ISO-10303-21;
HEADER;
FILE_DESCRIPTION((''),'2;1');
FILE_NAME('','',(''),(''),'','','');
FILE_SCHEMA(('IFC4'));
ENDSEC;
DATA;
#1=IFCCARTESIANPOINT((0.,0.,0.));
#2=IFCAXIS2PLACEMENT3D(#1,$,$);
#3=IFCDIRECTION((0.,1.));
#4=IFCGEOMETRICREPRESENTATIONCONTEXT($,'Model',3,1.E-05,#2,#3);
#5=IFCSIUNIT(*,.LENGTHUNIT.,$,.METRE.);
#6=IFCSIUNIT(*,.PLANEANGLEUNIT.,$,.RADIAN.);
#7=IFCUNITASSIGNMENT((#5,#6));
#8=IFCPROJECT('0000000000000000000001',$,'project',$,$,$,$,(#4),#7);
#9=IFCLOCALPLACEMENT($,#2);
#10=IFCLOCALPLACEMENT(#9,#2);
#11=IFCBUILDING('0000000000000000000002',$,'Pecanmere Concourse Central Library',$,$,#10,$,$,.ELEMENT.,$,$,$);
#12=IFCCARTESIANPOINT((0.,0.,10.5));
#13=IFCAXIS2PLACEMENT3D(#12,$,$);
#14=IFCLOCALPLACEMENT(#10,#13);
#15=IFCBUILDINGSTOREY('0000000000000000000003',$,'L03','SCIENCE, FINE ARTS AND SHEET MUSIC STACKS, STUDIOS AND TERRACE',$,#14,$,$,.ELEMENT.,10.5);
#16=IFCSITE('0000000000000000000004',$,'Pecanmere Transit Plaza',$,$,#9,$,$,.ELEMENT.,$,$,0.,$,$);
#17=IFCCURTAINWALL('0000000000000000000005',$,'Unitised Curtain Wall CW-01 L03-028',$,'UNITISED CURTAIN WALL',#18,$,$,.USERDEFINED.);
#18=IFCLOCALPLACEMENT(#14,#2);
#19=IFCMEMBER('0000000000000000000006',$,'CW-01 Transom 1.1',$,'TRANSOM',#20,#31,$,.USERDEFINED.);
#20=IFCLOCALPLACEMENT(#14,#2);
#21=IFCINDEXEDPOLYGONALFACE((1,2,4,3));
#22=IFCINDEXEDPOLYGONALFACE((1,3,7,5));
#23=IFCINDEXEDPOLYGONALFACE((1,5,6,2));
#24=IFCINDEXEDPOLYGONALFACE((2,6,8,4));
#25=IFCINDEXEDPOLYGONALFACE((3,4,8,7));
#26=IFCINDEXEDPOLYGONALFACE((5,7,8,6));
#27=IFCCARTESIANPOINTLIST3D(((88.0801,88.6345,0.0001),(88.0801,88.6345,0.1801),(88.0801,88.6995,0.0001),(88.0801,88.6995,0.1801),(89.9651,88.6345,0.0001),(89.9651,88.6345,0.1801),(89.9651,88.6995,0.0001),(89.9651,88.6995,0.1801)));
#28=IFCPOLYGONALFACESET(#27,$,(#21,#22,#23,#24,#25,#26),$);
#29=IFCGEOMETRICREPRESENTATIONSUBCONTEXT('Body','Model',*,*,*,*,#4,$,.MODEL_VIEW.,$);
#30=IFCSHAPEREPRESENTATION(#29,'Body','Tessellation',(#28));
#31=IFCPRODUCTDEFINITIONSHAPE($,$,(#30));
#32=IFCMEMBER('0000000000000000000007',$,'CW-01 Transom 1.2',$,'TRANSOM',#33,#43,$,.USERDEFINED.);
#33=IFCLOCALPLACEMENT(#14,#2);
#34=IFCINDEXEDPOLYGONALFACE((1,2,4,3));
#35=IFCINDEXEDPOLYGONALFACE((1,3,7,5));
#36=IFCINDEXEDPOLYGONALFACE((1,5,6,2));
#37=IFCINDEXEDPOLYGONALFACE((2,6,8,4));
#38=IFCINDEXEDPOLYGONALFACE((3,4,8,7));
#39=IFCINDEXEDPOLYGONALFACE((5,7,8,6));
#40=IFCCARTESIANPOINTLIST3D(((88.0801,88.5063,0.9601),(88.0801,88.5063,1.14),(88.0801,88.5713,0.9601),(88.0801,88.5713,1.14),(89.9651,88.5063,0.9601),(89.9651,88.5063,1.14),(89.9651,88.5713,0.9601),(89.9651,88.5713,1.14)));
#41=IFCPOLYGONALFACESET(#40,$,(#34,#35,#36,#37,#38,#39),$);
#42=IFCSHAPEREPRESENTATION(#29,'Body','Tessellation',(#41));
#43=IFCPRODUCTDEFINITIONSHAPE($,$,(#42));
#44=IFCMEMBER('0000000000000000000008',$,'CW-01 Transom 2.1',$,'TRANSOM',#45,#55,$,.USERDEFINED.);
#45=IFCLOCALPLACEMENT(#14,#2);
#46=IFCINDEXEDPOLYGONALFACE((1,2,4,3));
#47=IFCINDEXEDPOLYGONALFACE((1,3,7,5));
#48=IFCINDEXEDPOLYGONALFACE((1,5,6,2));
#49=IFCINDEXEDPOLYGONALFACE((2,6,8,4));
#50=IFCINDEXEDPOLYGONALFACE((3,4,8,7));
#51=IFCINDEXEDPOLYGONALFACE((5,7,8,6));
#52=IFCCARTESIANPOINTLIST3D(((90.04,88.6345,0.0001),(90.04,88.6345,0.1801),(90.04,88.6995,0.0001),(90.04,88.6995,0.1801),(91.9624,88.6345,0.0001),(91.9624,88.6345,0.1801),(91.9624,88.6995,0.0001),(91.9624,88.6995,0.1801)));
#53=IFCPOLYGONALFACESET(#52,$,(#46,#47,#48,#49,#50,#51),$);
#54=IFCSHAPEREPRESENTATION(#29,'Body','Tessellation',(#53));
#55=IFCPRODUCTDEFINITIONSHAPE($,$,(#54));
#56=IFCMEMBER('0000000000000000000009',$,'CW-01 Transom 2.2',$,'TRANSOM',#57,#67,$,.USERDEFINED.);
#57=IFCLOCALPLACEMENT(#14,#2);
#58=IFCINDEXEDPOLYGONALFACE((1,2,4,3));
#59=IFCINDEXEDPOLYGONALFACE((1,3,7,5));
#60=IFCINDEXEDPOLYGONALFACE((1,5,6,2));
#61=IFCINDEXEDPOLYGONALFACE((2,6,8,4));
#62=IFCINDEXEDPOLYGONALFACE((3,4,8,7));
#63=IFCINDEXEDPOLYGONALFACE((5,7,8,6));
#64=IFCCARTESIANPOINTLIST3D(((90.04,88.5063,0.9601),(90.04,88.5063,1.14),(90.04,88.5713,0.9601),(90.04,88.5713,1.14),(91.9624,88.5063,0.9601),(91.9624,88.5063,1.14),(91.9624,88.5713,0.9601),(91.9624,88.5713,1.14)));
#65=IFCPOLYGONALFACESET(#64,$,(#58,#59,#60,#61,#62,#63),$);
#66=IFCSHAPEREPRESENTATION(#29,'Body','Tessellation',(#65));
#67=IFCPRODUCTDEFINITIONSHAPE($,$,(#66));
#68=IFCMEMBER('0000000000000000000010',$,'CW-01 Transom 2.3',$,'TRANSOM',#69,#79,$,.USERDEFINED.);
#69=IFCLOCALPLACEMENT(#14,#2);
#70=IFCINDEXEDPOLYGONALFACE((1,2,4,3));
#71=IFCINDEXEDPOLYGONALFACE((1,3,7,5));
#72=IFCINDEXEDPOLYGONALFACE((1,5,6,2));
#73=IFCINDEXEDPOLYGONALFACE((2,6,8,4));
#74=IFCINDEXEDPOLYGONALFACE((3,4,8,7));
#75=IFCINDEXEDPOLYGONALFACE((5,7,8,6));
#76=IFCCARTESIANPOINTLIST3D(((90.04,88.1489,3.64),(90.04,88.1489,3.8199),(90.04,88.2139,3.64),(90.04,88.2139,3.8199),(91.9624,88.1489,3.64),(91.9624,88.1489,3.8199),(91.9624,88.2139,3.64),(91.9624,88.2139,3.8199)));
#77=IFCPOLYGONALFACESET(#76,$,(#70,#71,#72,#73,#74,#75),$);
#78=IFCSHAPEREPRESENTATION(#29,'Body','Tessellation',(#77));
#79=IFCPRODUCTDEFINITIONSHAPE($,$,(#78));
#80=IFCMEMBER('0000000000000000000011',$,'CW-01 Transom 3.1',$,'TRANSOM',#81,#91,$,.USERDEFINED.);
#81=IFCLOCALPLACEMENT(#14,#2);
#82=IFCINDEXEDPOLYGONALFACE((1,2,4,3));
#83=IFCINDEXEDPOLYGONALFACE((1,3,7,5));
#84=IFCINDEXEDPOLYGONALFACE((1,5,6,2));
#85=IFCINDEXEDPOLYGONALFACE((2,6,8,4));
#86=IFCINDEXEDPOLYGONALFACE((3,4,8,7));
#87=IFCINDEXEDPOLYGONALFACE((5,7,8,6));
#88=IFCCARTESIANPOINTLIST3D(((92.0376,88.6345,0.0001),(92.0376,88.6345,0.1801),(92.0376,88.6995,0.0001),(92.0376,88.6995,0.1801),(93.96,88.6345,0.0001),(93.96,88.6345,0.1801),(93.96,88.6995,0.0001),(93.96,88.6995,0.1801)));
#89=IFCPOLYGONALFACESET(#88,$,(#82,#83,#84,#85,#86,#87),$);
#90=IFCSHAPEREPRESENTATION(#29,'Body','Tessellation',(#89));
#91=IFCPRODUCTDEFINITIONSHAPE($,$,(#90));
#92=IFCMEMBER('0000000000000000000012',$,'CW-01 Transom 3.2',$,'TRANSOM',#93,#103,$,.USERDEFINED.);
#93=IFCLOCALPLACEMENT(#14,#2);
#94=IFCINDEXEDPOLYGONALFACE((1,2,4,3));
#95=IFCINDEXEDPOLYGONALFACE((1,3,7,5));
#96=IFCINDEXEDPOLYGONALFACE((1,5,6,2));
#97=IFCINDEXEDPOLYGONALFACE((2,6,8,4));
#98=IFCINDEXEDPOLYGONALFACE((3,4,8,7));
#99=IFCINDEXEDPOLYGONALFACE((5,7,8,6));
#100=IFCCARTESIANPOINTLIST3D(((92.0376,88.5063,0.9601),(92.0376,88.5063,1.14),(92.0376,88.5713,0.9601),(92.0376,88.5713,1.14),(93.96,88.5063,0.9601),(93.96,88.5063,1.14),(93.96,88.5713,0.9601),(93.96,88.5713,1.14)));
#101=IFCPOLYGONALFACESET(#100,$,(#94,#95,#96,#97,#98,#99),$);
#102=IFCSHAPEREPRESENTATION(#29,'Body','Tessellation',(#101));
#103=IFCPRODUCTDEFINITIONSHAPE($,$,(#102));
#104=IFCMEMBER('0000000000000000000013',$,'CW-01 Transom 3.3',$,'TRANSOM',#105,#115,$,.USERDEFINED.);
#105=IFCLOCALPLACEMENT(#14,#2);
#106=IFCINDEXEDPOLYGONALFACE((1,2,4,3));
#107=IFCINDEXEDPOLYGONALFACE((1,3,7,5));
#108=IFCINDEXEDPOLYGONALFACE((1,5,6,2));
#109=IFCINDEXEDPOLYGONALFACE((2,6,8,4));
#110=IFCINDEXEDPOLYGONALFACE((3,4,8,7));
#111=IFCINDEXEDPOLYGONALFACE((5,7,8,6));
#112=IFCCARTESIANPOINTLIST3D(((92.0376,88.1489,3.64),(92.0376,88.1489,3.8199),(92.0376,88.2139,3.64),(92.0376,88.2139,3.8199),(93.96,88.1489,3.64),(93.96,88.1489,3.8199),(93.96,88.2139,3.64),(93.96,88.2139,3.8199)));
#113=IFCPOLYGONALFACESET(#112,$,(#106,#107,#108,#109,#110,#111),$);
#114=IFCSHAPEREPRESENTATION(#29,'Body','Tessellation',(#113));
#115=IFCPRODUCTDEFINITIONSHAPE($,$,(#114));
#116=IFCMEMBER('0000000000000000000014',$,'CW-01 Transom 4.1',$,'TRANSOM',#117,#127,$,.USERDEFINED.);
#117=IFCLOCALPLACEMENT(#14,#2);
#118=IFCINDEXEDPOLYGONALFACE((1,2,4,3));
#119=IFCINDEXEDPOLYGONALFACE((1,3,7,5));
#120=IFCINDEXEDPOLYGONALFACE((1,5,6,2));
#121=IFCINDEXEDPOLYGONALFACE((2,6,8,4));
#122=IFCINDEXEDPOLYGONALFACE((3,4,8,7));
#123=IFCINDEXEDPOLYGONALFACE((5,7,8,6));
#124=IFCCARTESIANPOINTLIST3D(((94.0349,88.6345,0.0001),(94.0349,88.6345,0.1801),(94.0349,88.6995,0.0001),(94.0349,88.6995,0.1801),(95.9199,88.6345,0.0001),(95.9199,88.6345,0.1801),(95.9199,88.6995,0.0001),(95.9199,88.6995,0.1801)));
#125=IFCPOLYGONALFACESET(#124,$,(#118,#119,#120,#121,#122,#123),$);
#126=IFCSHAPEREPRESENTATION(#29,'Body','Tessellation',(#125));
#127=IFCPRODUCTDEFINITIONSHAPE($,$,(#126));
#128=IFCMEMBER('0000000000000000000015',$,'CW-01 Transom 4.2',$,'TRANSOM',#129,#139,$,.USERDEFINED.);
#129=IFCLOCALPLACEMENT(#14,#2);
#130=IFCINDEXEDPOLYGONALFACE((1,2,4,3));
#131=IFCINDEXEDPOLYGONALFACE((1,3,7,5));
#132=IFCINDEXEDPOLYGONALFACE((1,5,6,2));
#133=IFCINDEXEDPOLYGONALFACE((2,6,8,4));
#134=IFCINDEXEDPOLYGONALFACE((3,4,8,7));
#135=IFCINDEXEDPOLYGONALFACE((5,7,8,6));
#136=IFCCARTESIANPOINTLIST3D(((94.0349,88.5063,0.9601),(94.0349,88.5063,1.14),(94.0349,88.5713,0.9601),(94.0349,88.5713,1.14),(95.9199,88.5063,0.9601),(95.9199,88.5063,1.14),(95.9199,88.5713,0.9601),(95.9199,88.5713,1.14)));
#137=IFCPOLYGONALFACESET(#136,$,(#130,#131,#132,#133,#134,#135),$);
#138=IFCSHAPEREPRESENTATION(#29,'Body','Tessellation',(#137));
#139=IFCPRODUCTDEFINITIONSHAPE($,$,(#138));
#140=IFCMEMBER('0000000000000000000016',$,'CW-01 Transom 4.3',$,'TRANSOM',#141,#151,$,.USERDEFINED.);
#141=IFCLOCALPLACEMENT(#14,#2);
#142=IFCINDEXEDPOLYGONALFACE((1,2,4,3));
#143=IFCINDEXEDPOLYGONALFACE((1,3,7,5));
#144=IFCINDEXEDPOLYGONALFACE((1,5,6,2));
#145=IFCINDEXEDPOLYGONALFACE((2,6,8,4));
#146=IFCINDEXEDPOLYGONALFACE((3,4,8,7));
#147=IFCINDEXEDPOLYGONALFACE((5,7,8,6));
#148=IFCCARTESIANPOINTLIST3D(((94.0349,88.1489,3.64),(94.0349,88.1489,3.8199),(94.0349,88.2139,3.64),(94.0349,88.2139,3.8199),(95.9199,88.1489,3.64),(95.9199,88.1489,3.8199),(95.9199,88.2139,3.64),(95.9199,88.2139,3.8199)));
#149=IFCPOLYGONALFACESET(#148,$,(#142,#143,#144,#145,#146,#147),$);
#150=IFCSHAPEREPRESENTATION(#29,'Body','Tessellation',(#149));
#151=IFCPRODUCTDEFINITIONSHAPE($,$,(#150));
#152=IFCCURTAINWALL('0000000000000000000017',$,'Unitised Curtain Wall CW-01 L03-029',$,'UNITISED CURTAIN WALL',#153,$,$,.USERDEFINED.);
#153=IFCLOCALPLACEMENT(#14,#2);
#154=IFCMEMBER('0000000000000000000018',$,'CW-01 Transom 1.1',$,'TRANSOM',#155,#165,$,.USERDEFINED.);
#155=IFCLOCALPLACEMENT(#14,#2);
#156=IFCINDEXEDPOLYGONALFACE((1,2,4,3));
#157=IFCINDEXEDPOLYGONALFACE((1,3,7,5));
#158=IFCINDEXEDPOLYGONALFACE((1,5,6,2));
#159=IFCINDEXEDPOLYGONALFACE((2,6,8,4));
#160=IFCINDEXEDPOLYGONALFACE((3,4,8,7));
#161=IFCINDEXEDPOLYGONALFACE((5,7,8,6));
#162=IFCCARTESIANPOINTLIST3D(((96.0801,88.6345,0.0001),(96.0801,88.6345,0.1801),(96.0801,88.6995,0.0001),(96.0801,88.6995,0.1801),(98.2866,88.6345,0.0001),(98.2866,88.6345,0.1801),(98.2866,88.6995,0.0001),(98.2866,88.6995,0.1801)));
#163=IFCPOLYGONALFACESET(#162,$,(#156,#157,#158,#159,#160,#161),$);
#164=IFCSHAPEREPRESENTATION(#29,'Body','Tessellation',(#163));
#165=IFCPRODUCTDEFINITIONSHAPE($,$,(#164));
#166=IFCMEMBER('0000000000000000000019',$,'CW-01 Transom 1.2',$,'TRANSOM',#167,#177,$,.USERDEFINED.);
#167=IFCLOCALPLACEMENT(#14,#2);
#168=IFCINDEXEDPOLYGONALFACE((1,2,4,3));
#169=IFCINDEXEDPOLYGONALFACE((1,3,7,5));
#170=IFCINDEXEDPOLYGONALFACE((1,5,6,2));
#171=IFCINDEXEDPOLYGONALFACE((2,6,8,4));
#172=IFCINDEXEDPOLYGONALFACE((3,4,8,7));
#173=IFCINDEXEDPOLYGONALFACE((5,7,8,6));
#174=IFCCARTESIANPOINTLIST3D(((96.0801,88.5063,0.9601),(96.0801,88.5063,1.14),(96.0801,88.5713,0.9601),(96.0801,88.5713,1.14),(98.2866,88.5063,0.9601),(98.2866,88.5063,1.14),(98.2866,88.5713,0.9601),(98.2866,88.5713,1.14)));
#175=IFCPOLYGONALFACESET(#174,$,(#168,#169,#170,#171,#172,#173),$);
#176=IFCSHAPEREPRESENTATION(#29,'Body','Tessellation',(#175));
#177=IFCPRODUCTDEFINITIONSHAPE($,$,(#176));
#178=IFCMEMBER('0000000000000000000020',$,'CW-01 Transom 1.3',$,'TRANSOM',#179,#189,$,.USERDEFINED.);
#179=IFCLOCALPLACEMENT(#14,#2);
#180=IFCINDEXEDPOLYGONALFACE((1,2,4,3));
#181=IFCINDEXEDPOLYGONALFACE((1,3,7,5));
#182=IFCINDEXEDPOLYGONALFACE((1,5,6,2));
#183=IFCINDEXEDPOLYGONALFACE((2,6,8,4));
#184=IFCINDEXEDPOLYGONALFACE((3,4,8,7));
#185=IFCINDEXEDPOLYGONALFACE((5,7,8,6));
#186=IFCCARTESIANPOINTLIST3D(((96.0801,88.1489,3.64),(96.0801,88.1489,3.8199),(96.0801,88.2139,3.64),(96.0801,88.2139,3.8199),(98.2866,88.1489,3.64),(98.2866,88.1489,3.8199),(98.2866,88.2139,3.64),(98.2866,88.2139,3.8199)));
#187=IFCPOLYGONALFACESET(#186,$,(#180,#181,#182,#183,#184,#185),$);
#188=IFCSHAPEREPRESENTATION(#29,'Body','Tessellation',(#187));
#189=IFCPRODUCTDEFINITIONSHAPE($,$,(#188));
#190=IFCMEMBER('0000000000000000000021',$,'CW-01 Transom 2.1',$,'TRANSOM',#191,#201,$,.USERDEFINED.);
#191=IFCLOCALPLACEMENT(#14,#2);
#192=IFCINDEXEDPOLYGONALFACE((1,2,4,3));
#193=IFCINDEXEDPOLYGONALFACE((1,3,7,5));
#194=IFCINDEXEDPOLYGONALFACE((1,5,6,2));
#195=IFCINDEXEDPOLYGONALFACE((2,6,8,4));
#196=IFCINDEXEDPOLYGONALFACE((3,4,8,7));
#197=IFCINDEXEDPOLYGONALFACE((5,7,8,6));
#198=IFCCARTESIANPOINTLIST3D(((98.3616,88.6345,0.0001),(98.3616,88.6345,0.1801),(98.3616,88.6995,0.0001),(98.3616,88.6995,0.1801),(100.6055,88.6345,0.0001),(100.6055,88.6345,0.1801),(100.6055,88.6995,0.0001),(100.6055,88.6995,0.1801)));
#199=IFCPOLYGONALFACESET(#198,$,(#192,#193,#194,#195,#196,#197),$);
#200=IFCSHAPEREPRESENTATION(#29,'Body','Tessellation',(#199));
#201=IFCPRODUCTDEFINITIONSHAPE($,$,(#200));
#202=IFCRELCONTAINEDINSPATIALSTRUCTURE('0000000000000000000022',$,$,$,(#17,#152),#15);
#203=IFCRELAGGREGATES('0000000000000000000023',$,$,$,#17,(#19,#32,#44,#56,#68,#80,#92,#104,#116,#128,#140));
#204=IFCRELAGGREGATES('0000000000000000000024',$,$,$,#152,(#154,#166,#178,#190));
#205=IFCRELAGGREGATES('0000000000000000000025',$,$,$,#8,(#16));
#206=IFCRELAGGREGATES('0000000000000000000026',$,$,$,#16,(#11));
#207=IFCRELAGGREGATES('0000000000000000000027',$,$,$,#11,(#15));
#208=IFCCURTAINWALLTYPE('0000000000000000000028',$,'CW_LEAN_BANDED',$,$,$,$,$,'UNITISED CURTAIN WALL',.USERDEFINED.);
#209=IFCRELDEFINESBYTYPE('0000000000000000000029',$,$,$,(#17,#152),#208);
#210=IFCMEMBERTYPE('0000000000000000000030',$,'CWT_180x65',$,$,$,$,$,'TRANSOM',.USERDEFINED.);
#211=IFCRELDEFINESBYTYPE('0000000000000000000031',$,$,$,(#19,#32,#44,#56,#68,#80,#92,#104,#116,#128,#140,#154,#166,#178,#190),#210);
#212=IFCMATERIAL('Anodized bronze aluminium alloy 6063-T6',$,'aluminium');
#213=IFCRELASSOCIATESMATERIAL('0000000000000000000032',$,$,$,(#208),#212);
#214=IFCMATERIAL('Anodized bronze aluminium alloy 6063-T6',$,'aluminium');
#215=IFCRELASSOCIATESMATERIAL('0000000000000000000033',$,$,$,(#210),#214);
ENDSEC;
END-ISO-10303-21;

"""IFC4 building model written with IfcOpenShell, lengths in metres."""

from ifc_helpers import new_model, si_unit, direction, frame, origin, origin_2d, place, context, subcontext, project, spatial, rectangle, extrude, material, material_profile, profile_set, type_object, element, aggregate, save


model = new_model("IFC4")

# Units and contexts
model_context = context("Model", 3, precision=1e-05, world=origin(), true_north=direction((0.0, 1.0)))
body_context = subcontext(model_context, "Body", "Model", "MODEL_VIEW")
ifc_project = project(units=[si_unit("LENGTHUNIT", "METRE"), si_unit("PLANEANGLEUNIT", "RADIAN")], contexts=[model_context])

# Site, building, storey
site_placement = place(None, origin())
site = spatial("IfcSite", under=ifc_project, at=site_placement, Name="Pecanmere Transit Plaza", CompositionType="ELEMENT", RefElevation=0.0)
building_placement = place(site_placement, origin())
building = spatial("IfcBuilding", under=site, at=building_placement, Name="Pecanmere Concourse Central Library", CompositionType="ELEMENT")
storey_placement = place(building_placement, frame((0.0, 0.0, 10.5)))
storey = spatial("IfcBuildingStorey", under=building, at=storey_placement, Name="L03", Description="SCIENCE, FINE ARTS AND SHEET MUSIC STACKS, STUDIOS AND TERRACE", CompositionType="ELEMENT", Elevation=10.5)

# Curtain walls, members
ifc_material_1 = material(Name="Anodized bronze aluminium alloy 6063-T6", Category="aluminium")
curtain_wall_type = type_object("IfcCurtainWallType", Name="CW_LEAN_BANDED", ElementType="UNITISED CURTAIN WALL", PredefinedType="USERDEFINED", material=ifc_material_1)
curtain_wall_1_placement = place(storey_placement, origin())
curtain_wall_1 = element("IfcCurtainWall", 1, at=curtain_wall_1_placement, inside=storey, type_object=curtain_wall_type, Name="Unitised Curtain Wall CW-01 L03-028", ObjectType="UNITISED CURTAIN WALL", PredefinedType="USERDEFINED")
ifc_material_2 = material(Name="Anodized bronze aluminium alloy 6063-T6", Category="aluminium")
ifc_material_profile = material_profile(ifc_material_2, rectangle(XDim=0.0649, YDim=0.1799, at=origin_2d()), Name="AL 65x180")
ifc_profile_set = profile_set([ifc_material_profile], Name="Anodized bronze aluminium alloy 6063-T6")
member_type = type_object("IfcMemberType", Name="CWT_180x65", ElementType="TRANSOM", PredefinedType="USERDEFINED", material=ifc_profile_set)
member_1_placement = place(storey_placement, frame((88.0801, 88.667, 0.0901), z_axis=(1.0, 0.0, 0.0), x_axis=(0.0, 1.0, 0.0)))
member_1 = element("IfcMember", 2, at=member_1_placement, type_object=member_type, Name="CW-01 Transom 1.1", ObjectType="TRANSOM", PredefinedType="USERDEFINED", context=body_context, shape_type="SweptSolid", body=[
    extrude(rectangle(XDim=0.0649, YDim=0.1799, at=origin_2d()), origin(), (0.0, 0.0, 1.0), 1.885),
])
member_2_placement = place(storey_placement, frame((88.0801, 88.5388, 1.05), z_axis=(1.0, 0.0, 0.0), x_axis=(0.0, 1.0, 0.0)))
member_2 = element("IfcMember", 3, at=member_2_placement, type_object=member_type, Name="CW-01 Transom 1.2", ObjectType="TRANSOM", PredefinedType="USERDEFINED", context=body_context, shape_type="SweptSolid", body=[
    extrude(rectangle(XDim=0.0649, YDim=0.1799, at=origin_2d()), origin(), (0.0, 0.0, 1.0), 1.885),
])
member_3_placement = place(storey_placement, frame((90.04, 88.667, 0.0901), z_axis=(1.0, 0.0, 0.0), x_axis=(0.0, 1.0, 0.0)))
member_3 = element("IfcMember", 4, at=member_3_placement, type_object=member_type, Name="CW-01 Transom 2.1", ObjectType="TRANSOM", PredefinedType="USERDEFINED", context=body_context, shape_type="SweptSolid", body=[
    extrude(rectangle(XDim=0.0649, YDim=0.1799, at=origin_2d()), origin(), (0.0, 0.0, 1.0), 1.9224),
])
member_4_placement = place(storey_placement, frame((90.04, 88.5388, 1.05), z_axis=(1.0, 0.0, 0.0), x_axis=(0.0, 1.0, 0.0)))
member_4 = element("IfcMember", 5, at=member_4_placement, type_object=member_type, Name="CW-01 Transom 2.2", ObjectType="TRANSOM", PredefinedType="USERDEFINED", context=body_context, shape_type="SweptSolid", body=[
    extrude(rectangle(XDim=0.0649, YDim=0.1799, at=origin_2d()), origin(), (0.0, 0.0, 1.0), 1.9224),
])
member_5_placement = place(storey_placement, frame((90.04, 88.1814, 3.73), z_axis=(1.0, 0.0, 0.0), x_axis=(0.0, 1.0, 0.0)))
member_5 = element("IfcMember", 6, at=member_5_placement, type_object=member_type, Name="CW-01 Transom 2.3", ObjectType="TRANSOM", PredefinedType="USERDEFINED", context=body_context, shape_type="SweptSolid", body=[
    extrude(rectangle(XDim=0.0649, YDim=0.1799, at=origin_2d()), origin(), (0.0, 0.0, 1.0), 1.9224),
])
member_6_placement = place(storey_placement, frame((92.0376, 88.667, 0.0901), z_axis=(1.0, 0.0, 0.0), x_axis=(0.0, 1.0, 0.0)))
member_6 = element("IfcMember", 7, at=member_6_placement, type_object=member_type, Name="CW-01 Transom 3.1", ObjectType="TRANSOM", PredefinedType="USERDEFINED", context=body_context, shape_type="SweptSolid", body=[
    extrude(rectangle(XDim=0.0649, YDim=0.1799, at=origin_2d()), origin(), (0.0, 0.0, 1.0), 1.9224),
])
member_7_placement = place(storey_placement, frame((92.0376, 88.5388, 1.05), z_axis=(1.0, 0.0, 0.0), x_axis=(0.0, 1.0, 0.0)))
member_7 = element("IfcMember", 8, at=member_7_placement, type_object=member_type, Name="CW-01 Transom 3.2", ObjectType="TRANSOM", PredefinedType="USERDEFINED", context=body_context, shape_type="SweptSolid", body=[
    extrude(rectangle(XDim=0.0649, YDim=0.1799, at=origin_2d()), origin(), (0.0, 0.0, 1.0), 1.9224),
])
member_8_placement = place(storey_placement, frame((92.0376, 88.1814, 3.73), z_axis=(1.0, 0.0, 0.0), x_axis=(0.0, 1.0, 0.0)))
member_8 = element("IfcMember", 9, at=member_8_placement, type_object=member_type, Name="CW-01 Transom 3.3", ObjectType="TRANSOM", PredefinedType="USERDEFINED", context=body_context, shape_type="SweptSolid", body=[
    extrude(rectangle(XDim=0.0649, YDim=0.1799, at=origin_2d()), origin(), (0.0, 0.0, 1.0), 1.9224),
])
member_9_placement = place(storey_placement, frame((94.0349, 88.667, 0.0901), z_axis=(1.0, 0.0, 0.0), x_axis=(0.0, 1.0, 0.0)))
member_9 = element("IfcMember", 10, at=member_9_placement, type_object=member_type, Name="CW-01 Transom 4.1", ObjectType="TRANSOM", PredefinedType="USERDEFINED", context=body_context, shape_type="SweptSolid", body=[
    extrude(rectangle(XDim=0.0649, YDim=0.1799, at=origin_2d()), origin(), (0.0, 0.0, 1.0), 1.885),
])
member_10_placement = place(storey_placement, frame((94.0349, 88.5388, 1.05), z_axis=(1.0, 0.0, 0.0), x_axis=(0.0, 1.0, 0.0)))
member_10 = element("IfcMember", 11, at=member_10_placement, type_object=member_type, Name="CW-01 Transom 4.2", ObjectType="TRANSOM", PredefinedType="USERDEFINED", context=body_context, shape_type="SweptSolid", body=[
    extrude(rectangle(XDim=0.0649, YDim=0.1799, at=origin_2d()), origin(), (0.0, 0.0, 1.0), 1.885),
])
member_11_placement = place(storey_placement, frame((94.0349, 88.1814, 3.73), z_axis=(1.0, 0.0, 0.0), x_axis=(0.0, 1.0, 0.0)))
member_11 = element("IfcMember", 12, at=member_11_placement, type_object=member_type, Name="CW-01 Transom 4.3", ObjectType="TRANSOM", PredefinedType="USERDEFINED", context=body_context, shape_type="SweptSolid", body=[
    extrude(rectangle(XDim=0.0649, YDim=0.1799, at=origin_2d()), origin(), (0.0, 0.0, 1.0), 1.885),
])
curtain_wall_2_placement = place(storey_placement, origin())
curtain_wall_2 = element("IfcCurtainWall", 13, at=curtain_wall_2_placement, inside=storey, type_object=curtain_wall_type, Name="Unitised Curtain Wall CW-01 L03-029", ObjectType="UNITISED CURTAIN WALL", PredefinedType="USERDEFINED")
member_12_placement = place(storey_placement, frame((96.0801, 88.667, 0.0901), z_axis=(1.0, 0.0, 0.0), x_axis=(0.0, 1.0, 0.0)))
member_12 = element("IfcMember", 14, at=member_12_placement, type_object=member_type, Name="CW-01 Transom 1.1", ObjectType="TRANSOM", PredefinedType="USERDEFINED", context=body_context, shape_type="SweptSolid", body=[
    extrude(rectangle(XDim=0.0649, YDim=0.1799, at=origin_2d()), origin(), (0.0, 0.0, 1.0), 2.2065),
])
member_13_placement = place(storey_placement, frame((96.0801, 88.5388, 1.05), z_axis=(1.0, 0.0, 0.0), x_axis=(0.0, 1.0, 0.0)))
member_13 = element("IfcMember", 15, at=member_13_placement, type_object=member_type, Name="CW-01 Transom 1.2", ObjectType="TRANSOM", PredefinedType="USERDEFINED", context=body_context, shape_type="SweptSolid", body=[
    extrude(rectangle(XDim=0.0649, YDim=0.1799, at=origin_2d()), origin(), (0.0, 0.0, 1.0), 2.2065),
])
member_14_placement = place(storey_placement, frame((96.0801, 88.1814, 3.73), z_axis=(1.0, 0.0, 0.0), x_axis=(0.0, 1.0, 0.0)))
member_14 = element("IfcMember", 16, at=member_14_placement, type_object=member_type, Name="CW-01 Transom 1.3", ObjectType="TRANSOM", PredefinedType="USERDEFINED", context=body_context, shape_type="SweptSolid", body=[
    extrude(rectangle(XDim=0.0649, YDim=0.1799, at=origin_2d()), origin(), (0.0, 0.0, 1.0), 2.2065),
])
member_15_placement = place(storey_placement, frame((98.3616, 88.667, 0.0901), z_axis=(1.0, 0.0, 0.0), x_axis=(0.0, 1.0, 0.0)))
member_15 = element("IfcMember", 17, at=member_15_placement, type_object=member_type, Name="CW-01 Transom 2.1", ObjectType="TRANSOM", PredefinedType="USERDEFINED", context=body_context, shape_type="SweptSolid", body=[
    extrude(rectangle(XDim=0.0649, YDim=0.1799, at=origin_2d()), origin(), (0.0, 0.0, 1.0), 2.2439),
])

aggregate(curtain_wall_1, [member_1, member_2, member_3, member_4, member_5, member_6, member_7, member_8, member_9, member_10, member_11])
aggregate(curtain_wall_2, [member_12, member_13, member_14, member_15])

save(model, "model.ifc")
